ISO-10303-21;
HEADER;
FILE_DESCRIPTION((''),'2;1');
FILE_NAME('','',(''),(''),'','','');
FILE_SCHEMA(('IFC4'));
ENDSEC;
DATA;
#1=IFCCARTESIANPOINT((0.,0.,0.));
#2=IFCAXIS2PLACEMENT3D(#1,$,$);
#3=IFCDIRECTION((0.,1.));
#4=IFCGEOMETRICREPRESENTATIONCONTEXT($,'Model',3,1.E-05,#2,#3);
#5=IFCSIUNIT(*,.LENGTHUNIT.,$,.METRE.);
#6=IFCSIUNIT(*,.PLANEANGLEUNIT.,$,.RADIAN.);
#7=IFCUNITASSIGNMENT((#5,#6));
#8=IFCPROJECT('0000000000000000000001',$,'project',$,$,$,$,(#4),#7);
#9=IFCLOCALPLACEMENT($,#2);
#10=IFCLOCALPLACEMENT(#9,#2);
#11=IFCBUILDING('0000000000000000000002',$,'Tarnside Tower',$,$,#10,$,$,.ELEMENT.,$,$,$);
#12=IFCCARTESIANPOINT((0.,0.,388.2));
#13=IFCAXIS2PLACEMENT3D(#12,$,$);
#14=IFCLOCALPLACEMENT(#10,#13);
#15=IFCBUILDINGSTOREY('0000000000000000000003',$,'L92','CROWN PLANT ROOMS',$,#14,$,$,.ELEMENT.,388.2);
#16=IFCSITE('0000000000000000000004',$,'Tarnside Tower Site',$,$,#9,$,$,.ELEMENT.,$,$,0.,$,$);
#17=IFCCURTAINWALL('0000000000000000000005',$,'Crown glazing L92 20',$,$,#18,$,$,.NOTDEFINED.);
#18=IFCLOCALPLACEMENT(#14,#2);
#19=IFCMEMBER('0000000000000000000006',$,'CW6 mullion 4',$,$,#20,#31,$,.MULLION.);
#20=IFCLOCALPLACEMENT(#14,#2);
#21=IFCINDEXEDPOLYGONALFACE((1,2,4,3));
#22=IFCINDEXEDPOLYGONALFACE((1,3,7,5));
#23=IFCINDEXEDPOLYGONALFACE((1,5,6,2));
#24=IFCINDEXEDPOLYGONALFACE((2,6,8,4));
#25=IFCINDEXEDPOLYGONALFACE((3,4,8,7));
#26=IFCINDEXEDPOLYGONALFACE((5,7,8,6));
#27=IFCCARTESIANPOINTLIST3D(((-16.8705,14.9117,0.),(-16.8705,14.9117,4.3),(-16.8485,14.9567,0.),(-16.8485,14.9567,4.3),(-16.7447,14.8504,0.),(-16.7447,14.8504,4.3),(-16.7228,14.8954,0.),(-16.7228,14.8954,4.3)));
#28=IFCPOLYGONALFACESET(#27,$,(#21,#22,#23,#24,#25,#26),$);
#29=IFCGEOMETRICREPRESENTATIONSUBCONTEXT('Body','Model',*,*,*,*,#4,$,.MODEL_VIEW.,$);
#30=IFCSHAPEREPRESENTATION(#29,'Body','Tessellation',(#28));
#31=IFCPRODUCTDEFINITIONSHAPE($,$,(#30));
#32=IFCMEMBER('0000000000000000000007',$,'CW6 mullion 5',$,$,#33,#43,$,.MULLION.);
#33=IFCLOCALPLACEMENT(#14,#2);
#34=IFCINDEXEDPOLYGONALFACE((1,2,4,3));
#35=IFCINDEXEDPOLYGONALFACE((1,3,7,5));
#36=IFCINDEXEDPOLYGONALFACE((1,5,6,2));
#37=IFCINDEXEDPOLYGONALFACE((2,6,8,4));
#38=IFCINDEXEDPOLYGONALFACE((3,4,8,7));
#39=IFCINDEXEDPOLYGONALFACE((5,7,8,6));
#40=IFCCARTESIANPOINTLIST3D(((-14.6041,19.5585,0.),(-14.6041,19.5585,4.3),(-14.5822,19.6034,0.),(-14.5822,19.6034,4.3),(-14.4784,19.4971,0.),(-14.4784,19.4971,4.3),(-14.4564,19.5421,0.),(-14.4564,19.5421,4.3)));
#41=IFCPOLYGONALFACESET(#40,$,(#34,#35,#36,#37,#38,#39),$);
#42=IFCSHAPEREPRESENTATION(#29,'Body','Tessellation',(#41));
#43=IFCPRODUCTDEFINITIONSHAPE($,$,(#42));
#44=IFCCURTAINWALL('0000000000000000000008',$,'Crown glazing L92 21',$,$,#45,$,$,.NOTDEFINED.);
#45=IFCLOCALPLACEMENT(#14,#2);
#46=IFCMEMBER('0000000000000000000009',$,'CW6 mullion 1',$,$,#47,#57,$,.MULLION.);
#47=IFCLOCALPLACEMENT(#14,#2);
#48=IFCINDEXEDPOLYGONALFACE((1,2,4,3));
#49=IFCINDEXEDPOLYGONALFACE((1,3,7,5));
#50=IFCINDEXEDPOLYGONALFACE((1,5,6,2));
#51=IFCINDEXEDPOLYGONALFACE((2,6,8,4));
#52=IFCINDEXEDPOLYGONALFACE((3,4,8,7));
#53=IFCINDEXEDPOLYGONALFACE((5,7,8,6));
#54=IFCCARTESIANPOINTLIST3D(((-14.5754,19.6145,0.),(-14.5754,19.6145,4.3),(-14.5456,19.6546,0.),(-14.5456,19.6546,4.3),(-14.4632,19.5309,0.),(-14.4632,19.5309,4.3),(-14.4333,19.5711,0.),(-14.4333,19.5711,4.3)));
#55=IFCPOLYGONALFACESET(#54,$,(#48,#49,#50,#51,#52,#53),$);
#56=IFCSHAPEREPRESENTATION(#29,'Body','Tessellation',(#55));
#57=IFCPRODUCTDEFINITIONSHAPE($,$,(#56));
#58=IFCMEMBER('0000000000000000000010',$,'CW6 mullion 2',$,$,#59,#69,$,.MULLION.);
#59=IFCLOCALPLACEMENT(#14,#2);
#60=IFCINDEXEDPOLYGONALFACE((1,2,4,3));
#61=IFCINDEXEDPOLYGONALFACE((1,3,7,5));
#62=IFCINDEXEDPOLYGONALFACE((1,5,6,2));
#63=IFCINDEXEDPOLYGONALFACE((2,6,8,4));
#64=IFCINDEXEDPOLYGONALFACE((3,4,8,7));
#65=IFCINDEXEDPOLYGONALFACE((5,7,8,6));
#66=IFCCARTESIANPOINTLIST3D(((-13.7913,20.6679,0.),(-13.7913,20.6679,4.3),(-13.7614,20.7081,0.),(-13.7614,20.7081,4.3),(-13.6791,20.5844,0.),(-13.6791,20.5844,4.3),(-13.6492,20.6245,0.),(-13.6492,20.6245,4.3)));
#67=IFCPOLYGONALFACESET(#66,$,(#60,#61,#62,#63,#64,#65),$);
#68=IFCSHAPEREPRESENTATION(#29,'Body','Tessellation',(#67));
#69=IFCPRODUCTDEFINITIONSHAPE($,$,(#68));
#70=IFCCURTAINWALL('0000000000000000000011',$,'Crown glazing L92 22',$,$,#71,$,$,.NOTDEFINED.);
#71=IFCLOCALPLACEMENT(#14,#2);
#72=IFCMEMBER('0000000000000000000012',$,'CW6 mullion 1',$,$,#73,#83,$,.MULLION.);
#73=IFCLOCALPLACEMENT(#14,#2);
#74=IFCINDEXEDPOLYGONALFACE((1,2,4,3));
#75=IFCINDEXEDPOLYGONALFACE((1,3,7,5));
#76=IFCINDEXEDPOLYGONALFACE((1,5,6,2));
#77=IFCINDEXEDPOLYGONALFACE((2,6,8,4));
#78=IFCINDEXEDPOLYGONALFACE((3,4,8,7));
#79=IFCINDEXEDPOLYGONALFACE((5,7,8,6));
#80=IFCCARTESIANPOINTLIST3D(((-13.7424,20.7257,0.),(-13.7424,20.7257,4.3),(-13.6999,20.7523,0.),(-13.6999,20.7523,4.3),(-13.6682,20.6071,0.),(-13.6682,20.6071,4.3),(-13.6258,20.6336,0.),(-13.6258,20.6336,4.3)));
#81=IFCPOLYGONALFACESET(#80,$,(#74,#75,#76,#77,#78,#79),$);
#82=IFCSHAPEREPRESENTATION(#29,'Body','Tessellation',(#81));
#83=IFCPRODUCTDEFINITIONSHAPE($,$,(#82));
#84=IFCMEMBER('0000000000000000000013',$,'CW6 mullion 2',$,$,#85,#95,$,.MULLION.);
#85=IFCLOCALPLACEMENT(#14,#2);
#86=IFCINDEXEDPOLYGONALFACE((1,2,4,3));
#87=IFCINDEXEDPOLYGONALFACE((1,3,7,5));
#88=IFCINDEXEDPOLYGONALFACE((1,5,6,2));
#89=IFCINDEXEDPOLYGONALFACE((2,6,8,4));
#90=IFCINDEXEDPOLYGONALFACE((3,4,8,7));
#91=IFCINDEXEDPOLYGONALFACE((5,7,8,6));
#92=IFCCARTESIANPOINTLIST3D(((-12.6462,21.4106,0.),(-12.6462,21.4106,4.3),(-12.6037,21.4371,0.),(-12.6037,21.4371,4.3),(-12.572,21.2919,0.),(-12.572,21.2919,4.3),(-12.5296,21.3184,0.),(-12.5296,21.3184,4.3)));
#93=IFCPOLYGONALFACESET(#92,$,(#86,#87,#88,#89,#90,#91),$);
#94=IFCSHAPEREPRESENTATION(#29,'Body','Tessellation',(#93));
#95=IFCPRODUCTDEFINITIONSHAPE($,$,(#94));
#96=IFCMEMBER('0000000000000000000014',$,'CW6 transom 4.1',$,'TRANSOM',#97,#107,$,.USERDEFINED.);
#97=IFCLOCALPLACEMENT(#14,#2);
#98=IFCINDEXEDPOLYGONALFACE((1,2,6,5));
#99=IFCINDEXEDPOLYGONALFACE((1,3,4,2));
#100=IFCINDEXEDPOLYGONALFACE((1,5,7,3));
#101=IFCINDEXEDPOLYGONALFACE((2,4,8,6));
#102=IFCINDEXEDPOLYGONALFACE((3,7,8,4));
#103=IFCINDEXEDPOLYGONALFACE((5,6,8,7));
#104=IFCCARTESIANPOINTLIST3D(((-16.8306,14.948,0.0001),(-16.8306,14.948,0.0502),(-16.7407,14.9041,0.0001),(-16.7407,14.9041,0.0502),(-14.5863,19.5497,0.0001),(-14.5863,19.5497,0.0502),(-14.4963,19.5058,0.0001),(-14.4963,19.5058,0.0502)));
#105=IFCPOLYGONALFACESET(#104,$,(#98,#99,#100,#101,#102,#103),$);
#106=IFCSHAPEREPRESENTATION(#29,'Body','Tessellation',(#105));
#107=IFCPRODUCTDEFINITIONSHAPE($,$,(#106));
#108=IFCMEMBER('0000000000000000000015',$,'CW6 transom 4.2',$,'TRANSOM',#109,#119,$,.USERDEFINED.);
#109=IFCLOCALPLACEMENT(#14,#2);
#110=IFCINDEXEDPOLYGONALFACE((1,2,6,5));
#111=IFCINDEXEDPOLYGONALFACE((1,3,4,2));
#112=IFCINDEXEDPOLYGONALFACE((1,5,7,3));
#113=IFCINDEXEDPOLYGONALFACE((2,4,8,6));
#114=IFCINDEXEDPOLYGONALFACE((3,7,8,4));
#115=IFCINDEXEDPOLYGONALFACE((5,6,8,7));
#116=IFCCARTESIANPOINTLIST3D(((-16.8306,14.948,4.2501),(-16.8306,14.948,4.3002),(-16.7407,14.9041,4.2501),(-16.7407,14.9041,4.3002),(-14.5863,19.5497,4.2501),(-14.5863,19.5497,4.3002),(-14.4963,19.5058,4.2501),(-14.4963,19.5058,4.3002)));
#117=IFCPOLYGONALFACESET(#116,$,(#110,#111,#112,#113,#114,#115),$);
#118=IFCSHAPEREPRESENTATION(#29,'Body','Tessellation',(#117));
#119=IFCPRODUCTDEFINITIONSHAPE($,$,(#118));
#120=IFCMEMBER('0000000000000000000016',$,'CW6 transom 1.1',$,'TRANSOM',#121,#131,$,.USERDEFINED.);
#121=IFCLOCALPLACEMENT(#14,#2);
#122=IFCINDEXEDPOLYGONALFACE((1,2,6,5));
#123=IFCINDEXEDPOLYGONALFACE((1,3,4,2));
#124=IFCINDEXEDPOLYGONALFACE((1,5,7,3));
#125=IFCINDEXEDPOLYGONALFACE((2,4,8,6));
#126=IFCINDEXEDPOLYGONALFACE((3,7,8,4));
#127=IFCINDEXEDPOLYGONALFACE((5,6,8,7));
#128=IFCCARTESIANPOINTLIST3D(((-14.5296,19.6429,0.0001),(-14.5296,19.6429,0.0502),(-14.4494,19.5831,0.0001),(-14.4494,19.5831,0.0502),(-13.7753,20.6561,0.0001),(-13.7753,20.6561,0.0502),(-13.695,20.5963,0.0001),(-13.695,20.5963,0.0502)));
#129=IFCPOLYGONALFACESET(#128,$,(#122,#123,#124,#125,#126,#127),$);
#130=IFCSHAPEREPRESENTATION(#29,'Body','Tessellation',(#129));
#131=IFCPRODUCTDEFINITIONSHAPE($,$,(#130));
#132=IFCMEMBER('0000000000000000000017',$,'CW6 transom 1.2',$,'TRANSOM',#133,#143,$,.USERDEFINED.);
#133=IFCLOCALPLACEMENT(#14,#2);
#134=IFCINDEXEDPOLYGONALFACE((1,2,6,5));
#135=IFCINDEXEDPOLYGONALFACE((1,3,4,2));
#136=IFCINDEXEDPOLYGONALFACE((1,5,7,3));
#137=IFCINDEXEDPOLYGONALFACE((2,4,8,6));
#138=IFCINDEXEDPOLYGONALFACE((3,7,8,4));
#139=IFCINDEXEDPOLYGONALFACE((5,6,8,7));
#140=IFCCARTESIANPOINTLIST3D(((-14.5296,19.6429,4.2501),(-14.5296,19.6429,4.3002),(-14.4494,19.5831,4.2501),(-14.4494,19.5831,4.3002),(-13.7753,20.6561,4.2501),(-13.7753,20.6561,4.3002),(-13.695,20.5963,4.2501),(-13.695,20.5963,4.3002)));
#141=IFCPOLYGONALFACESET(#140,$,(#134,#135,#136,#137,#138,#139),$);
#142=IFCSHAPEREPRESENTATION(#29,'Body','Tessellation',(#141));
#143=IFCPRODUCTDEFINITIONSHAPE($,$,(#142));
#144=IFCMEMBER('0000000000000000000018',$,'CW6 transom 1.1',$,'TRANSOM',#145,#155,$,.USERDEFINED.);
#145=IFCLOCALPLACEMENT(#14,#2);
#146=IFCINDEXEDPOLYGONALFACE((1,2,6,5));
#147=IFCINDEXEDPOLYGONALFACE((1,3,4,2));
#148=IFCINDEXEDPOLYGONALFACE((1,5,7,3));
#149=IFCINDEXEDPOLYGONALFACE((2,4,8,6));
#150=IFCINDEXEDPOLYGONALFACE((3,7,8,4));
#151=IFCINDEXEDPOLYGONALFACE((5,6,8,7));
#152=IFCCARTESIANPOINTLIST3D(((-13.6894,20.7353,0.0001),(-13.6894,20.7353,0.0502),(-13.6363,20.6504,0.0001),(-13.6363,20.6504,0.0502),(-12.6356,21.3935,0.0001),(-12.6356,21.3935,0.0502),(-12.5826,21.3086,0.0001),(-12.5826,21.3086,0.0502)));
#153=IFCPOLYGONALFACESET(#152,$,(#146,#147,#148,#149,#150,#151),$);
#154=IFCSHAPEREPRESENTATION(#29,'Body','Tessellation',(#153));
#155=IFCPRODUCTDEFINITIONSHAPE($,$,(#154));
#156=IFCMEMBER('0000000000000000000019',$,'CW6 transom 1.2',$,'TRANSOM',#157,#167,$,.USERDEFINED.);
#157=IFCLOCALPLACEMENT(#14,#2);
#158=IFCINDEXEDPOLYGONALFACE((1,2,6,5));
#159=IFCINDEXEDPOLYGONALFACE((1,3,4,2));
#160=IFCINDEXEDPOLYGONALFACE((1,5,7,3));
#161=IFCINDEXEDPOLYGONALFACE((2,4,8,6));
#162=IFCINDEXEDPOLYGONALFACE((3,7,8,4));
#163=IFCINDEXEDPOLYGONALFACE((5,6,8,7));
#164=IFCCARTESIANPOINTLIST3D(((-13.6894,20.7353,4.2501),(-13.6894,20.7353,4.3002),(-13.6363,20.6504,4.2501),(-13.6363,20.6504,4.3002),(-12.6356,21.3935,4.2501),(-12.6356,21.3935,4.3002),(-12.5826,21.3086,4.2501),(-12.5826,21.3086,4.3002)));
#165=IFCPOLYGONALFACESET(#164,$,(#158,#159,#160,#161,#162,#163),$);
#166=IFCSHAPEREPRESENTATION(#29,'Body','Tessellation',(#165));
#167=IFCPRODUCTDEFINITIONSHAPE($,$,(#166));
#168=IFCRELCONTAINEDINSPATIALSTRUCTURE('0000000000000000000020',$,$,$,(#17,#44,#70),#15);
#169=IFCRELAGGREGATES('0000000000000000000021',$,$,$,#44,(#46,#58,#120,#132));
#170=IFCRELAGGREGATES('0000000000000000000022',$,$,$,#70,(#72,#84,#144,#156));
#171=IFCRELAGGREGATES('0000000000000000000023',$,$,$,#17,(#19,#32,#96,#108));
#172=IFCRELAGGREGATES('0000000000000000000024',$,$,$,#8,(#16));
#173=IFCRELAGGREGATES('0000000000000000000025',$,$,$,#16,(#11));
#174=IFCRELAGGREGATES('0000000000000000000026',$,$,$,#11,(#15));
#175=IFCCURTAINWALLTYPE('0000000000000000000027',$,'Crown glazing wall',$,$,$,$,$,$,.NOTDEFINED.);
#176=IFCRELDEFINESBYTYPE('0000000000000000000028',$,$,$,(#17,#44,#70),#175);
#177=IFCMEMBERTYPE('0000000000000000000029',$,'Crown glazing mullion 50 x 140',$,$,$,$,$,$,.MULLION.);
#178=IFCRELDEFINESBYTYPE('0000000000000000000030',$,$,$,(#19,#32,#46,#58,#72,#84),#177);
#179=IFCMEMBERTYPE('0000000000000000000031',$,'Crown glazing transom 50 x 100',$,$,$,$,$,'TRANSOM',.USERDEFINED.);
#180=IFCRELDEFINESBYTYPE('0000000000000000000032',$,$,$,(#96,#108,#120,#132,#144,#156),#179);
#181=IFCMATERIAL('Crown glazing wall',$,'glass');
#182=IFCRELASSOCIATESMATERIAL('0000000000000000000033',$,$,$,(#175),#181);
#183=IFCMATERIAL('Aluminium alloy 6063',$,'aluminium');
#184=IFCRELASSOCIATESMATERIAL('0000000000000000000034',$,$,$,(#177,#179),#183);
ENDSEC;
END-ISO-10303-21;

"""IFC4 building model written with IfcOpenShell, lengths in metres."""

from ifc_helpers import new_model, si_unit, direction, frame, origin, origin_2d, place, context, subcontext, project, spatial, rectangle, extrude, material, material_profile, profile_set, type_object, element, aggregate, save


model = new_model("IFC4")

# Units and contexts
model_context = context("Model", 3, precision=1e-05, world=origin(), true_north=direction((0.0, 1.0)))
body_context = subcontext(model_context, "Body", "Model", "MODEL_VIEW")
ifc_project = project(units=[si_unit("LENGTHUNIT", "METRE"), si_unit("PLANEANGLEUNIT", "RADIAN")], contexts=[model_context])

# Site, building, storey
site_placement = place(None, origin())
site = spatial("IfcSite", under=ifc_project, at=site_placement, Name="Tarnside Tower Site", CompositionType="ELEMENT", RefElevation=0.0)
building_placement = place(site_placement, origin())
building = spatial("IfcBuilding", under=site, at=building_placement, Name="Tarnside Tower", CompositionType="ELEMENT")
storey_placement = place(building_placement, frame((0.0, 0.0, 388.2)))
storey = spatial("IfcBuildingStorey", under=building, at=storey_placement, Name="L92", Description="CROWN PLANT ROOMS", CompositionType="ELEMENT", Elevation=388.2)

# Curtain walls, members
ifc_material_1 = material(Name="Crown glazing wall", Category="glass")
curtain_wall_type = type_object("IfcCurtainWallType", Name="Crown glazing wall", PredefinedType="NOTDEFINED", material=ifc_material_1)
curtain_wall_1_placement = place(storey_placement, origin())
curtain_wall_1 = element("IfcCurtainWall", 1, at=curtain_wall_1_placement, inside=storey, type_object=curtain_wall_type, Name="Crown glazing L92 20", PredefinedType="NOTDEFINED")
ifc_material_2 = material(Name="Aluminium alloy 6063", Category="aluminium")
ifc_material_profile_1 = material_profile(ifc_material_2, rectangle(XDim=0.1399, YDim=0.05, at=origin_2d()), Name="Crown glazing mullion 50 x 140")
ifc_profile_set_1 = profile_set([ifc_material_profile_1], Name="Aluminium alloy 6063")
member_type_1 = type_object("IfcMemberType", Name="Crown glazing mullion 50 x 140", PredefinedType="MULLION", material=ifc_profile_set_1)
member_1_placement = place(storey_placement, frame((-16.7966, 14.9036, 0.0), z_axis=(0.0, 0.0, 1.0), x_axis=(-0.898794, 0.438371, 0.0)))
member_1 = element("IfcMember", 2, at=member_1_placement, type_object=member_type_1, Name="CW6 mullion 4", PredefinedType="MULLION", context=body_context, shape_type="SweptSolid", body=[
    extrude(rectangle(XDim=0.1399, YDim=0.05, at=origin_2d()), origin(), (0.0, 0.0, 1.0), 4.3),
])
member_2_placement = place(storey_placement, frame((-14.5303, 19.5503, 0.0), z_axis=(0.0, 0.0, 1.0), x_axis=(-0.898794, 0.438371, 0.0)))
member_2 = element("IfcMember", 3, at=member_2_placement, type_object=member_type_1, Name="CW6 mullion 5", PredefinedType="MULLION", context=body_context, shape_type="SweptSolid", body=[
    extrude(rectangle(XDim=0.1399, YDim=0.05, at=origin_2d()), origin(), (0.0, 0.0, 1.0), 4.3),
])
curtain_wall_2_placement = place(storey_placement, origin())
curtain_wall_2 = element("IfcCurtainWall", 4, at=curtain_wall_2_placement, inside=storey, type_object=curtain_wall_type, Name="Crown glazing L92 21", PredefinedType="NOTDEFINED")
member_3_placement = place(storey_placement, frame((-14.5044, 19.5928, 0.0), z_axis=(0.0, 0.0, 1.0), x_axis=(-0.802123, 0.597159, 0.0)))
member_3 = element("IfcMember", 5, at=member_3_placement, type_object=member_type_1, Name="CW6 mullion 1", PredefinedType="MULLION", context=body_context, shape_type="SweptSolid", body=[
    extrude(rectangle(XDim=0.1399, YDim=0.05, at=origin_2d()), origin(), (0.0, 0.0, 1.0), 4.3),
])
member_4_placement = place(storey_placement, frame((-13.7202, 20.6462, 0.0), z_axis=(0.0, 0.0, 1.0), x_axis=(-0.802123, 0.597159, 0.0)))
member_4 = element("IfcMember", 6, at=member_4_placement, type_object=member_type_1, Name="CW6 mullion 2", PredefinedType="MULLION", context=body_context, shape_type="SweptSolid", body=[
    extrude(rectangle(XDim=0.1399, YDim=0.05, at=origin_2d()), origin(), (0.0, 0.0, 1.0), 4.3),
])
curtain_wall_3_placement = place(storey_placement, origin())
curtain_wall_3 = element("IfcCurtainWall", 7, at=curtain_wall_3_placement, inside=storey, type_object=curtain_wall_type, Name="Crown glazing L92 22", PredefinedType="NOTDEFINED")
member_5_placement = place(storey_placement, frame((-13.6841, 20.6797, 0.0), z_axis=(0.0, 0.0, 1.0), x_axis=(-0.529919, 0.848048, 0.0)))
member_5 = element("IfcMember", 8, at=member_5_placement, type_object=member_type_1, Name="CW6 mullion 1", PredefinedType="MULLION", context=body_context, shape_type="SweptSolid", body=[
    extrude(rectangle(XDim=0.1399, YDim=0.05, at=origin_2d()), origin(), (0.0, 0.0, 1.0), 4.3),
])
member_6_placement = place(storey_placement, frame((-12.5879, 21.3645, 0.0), z_axis=(0.0, 0.0, 1.0), x_axis=(-0.529919, 0.848048, 0.0)))
member_6 = element("IfcMember", 9, at=member_6_placement, type_object=member_type_1, Name="CW6 mullion 2", PredefinedType="MULLION", context=body_context, shape_type="SweptSolid", body=[
    extrude(rectangle(XDim=0.1399, YDim=0.05, at=origin_2d()), origin(), (0.0, 0.0, 1.0), 4.3),
])

# Members
ifc_material_profile_2 = material_profile(ifc_material_2, rectangle(XDim=0.1001, YDim=0.05, at=origin_2d()), Name="Crown glazing transom 50 x 100")
ifc_profile_set_2 = profile_set([ifc_material_profile_2], Name="Aluminium alloy 6063")
member_type_2 = type_object("IfcMemberType", Name="Crown glazing transom 50 x 100", ElementType="TRANSOM", PredefinedType="USERDEFINED", material=ifc_profile_set_2)
member_7_placement = place(storey_placement, frame((-16.7856, 14.926, 0.0251), z_axis=(0.438361, 0.898799, 0.0), x_axis=(-0.898799, 0.438361, 0.0)))
member_7 = element("IfcMember", 10, at=member_7_placement, type_object=member_type_2, Name="CW6 transom 4.1", ObjectType="TRANSOM", PredefinedType="USERDEFINED", context=body_context, shape_type="SweptSolid", body=[
    extrude(rectangle(XDim=0.1001, YDim=0.05, at=origin_2d()), origin(), (0.0, 0.0, 1.0), 5.1199),
])
member_8_placement = place(storey_placement, frame((-16.7856, 14.926, 4.2751), z_axis=(0.438361, 0.898799, 0.0), x_axis=(-0.898799, 0.438361, 0.0)))
member_8 = element("IfcMember", 11, at=member_8_placement, type_object=member_type_2, Name="CW6 transom 4.2", ObjectType="TRANSOM", PredefinedType="USERDEFINED", context=body_context, shape_type="SweptSolid", body=[
    extrude(rectangle(XDim=0.1001, YDim=0.05, at=origin_2d()), origin(), (0.0, 0.0, 1.0), 5.1199),
])
member_9_placement = place(storey_placement, frame((-14.4895, 19.613, 0.0251), z_axis=(0.597213, 0.802083, 0.0), x_axis=(-0.802083, 0.597213, 0.0)))
member_9 = element("IfcMember", 12, at=member_9_placement, type_object=member_type_2, Name="CW6 transom 1.1", ObjectType="TRANSOM", PredefinedType="USERDEFINED", context=body_context, shape_type="SweptSolid", body=[
    extrude(rectangle(XDim=0.1001, YDim=0.05, at=origin_2d()), origin(), (0.0, 0.0, 1.0), 1.2632),
])
member_10_placement = place(storey_placement, frame((-14.4895, 19.613, 4.2751), z_axis=(0.597213, 0.802083, 0.0), x_axis=(-0.802083, 0.597213, 0.0)))
member_10 = element("IfcMember", 13, at=member_10_placement, type_object=member_type_2, Name="CW6 transom 1.2", ObjectType="TRANSOM", PredefinedType="USERDEFINED", context=body_context, shape_type="SweptSolid", body=[
    extrude(rectangle(XDim=0.1001, YDim=0.05, at=origin_2d()), origin(), (0.0, 0.0, 1.0), 1.2632),
])
member_11_placement = place(storey_placement, frame((-13.6628, 20.6929, 0.0251), z_axis=(0.848131, 0.529787, 0.0), x_axis=(-0.529787, 0.848131, 0.0)))
member_11 = element("IfcMember", 14, at=member_11_placement, type_object=member_type_2, Name="CW6 transom 1.1", ObjectType="TRANSOM", PredefinedType="USERDEFINED", context=body_context, shape_type="SweptSolid", body=[
    extrude(rectangle(XDim=0.1001, YDim=0.05, at=origin_2d()), origin(), (0.0, 0.0, 1.0), 1.2424),
])
member_12_placement = place(storey_placement, frame((-13.6628, 20.6929, 4.2751), z_axis=(0.848131, 0.529787, 0.0), x_axis=(-0.529787, 0.848131, 0.0)))
member_12 = element("IfcMember", 15, at=member_12_placement, type_object=member_type_2, Name="CW6 transom 1.2", ObjectType="TRANSOM", PredefinedType="USERDEFINED", context=body_context, shape_type="SweptSolid", body=[
    extrude(rectangle(XDim=0.1001, YDim=0.05, at=origin_2d()), origin(), (0.0, 0.0, 1.0), 1.2424),
])

aggregate(curtain_wall_2, [member_3, member_4, member_9, member_10])
aggregate(curtain_wall_3, [member_5, member_6, member_11, member_12])
aggregate(curtain_wall_1, [member_1, member_2, member_7, member_8])

save(model, "model.ifc")
